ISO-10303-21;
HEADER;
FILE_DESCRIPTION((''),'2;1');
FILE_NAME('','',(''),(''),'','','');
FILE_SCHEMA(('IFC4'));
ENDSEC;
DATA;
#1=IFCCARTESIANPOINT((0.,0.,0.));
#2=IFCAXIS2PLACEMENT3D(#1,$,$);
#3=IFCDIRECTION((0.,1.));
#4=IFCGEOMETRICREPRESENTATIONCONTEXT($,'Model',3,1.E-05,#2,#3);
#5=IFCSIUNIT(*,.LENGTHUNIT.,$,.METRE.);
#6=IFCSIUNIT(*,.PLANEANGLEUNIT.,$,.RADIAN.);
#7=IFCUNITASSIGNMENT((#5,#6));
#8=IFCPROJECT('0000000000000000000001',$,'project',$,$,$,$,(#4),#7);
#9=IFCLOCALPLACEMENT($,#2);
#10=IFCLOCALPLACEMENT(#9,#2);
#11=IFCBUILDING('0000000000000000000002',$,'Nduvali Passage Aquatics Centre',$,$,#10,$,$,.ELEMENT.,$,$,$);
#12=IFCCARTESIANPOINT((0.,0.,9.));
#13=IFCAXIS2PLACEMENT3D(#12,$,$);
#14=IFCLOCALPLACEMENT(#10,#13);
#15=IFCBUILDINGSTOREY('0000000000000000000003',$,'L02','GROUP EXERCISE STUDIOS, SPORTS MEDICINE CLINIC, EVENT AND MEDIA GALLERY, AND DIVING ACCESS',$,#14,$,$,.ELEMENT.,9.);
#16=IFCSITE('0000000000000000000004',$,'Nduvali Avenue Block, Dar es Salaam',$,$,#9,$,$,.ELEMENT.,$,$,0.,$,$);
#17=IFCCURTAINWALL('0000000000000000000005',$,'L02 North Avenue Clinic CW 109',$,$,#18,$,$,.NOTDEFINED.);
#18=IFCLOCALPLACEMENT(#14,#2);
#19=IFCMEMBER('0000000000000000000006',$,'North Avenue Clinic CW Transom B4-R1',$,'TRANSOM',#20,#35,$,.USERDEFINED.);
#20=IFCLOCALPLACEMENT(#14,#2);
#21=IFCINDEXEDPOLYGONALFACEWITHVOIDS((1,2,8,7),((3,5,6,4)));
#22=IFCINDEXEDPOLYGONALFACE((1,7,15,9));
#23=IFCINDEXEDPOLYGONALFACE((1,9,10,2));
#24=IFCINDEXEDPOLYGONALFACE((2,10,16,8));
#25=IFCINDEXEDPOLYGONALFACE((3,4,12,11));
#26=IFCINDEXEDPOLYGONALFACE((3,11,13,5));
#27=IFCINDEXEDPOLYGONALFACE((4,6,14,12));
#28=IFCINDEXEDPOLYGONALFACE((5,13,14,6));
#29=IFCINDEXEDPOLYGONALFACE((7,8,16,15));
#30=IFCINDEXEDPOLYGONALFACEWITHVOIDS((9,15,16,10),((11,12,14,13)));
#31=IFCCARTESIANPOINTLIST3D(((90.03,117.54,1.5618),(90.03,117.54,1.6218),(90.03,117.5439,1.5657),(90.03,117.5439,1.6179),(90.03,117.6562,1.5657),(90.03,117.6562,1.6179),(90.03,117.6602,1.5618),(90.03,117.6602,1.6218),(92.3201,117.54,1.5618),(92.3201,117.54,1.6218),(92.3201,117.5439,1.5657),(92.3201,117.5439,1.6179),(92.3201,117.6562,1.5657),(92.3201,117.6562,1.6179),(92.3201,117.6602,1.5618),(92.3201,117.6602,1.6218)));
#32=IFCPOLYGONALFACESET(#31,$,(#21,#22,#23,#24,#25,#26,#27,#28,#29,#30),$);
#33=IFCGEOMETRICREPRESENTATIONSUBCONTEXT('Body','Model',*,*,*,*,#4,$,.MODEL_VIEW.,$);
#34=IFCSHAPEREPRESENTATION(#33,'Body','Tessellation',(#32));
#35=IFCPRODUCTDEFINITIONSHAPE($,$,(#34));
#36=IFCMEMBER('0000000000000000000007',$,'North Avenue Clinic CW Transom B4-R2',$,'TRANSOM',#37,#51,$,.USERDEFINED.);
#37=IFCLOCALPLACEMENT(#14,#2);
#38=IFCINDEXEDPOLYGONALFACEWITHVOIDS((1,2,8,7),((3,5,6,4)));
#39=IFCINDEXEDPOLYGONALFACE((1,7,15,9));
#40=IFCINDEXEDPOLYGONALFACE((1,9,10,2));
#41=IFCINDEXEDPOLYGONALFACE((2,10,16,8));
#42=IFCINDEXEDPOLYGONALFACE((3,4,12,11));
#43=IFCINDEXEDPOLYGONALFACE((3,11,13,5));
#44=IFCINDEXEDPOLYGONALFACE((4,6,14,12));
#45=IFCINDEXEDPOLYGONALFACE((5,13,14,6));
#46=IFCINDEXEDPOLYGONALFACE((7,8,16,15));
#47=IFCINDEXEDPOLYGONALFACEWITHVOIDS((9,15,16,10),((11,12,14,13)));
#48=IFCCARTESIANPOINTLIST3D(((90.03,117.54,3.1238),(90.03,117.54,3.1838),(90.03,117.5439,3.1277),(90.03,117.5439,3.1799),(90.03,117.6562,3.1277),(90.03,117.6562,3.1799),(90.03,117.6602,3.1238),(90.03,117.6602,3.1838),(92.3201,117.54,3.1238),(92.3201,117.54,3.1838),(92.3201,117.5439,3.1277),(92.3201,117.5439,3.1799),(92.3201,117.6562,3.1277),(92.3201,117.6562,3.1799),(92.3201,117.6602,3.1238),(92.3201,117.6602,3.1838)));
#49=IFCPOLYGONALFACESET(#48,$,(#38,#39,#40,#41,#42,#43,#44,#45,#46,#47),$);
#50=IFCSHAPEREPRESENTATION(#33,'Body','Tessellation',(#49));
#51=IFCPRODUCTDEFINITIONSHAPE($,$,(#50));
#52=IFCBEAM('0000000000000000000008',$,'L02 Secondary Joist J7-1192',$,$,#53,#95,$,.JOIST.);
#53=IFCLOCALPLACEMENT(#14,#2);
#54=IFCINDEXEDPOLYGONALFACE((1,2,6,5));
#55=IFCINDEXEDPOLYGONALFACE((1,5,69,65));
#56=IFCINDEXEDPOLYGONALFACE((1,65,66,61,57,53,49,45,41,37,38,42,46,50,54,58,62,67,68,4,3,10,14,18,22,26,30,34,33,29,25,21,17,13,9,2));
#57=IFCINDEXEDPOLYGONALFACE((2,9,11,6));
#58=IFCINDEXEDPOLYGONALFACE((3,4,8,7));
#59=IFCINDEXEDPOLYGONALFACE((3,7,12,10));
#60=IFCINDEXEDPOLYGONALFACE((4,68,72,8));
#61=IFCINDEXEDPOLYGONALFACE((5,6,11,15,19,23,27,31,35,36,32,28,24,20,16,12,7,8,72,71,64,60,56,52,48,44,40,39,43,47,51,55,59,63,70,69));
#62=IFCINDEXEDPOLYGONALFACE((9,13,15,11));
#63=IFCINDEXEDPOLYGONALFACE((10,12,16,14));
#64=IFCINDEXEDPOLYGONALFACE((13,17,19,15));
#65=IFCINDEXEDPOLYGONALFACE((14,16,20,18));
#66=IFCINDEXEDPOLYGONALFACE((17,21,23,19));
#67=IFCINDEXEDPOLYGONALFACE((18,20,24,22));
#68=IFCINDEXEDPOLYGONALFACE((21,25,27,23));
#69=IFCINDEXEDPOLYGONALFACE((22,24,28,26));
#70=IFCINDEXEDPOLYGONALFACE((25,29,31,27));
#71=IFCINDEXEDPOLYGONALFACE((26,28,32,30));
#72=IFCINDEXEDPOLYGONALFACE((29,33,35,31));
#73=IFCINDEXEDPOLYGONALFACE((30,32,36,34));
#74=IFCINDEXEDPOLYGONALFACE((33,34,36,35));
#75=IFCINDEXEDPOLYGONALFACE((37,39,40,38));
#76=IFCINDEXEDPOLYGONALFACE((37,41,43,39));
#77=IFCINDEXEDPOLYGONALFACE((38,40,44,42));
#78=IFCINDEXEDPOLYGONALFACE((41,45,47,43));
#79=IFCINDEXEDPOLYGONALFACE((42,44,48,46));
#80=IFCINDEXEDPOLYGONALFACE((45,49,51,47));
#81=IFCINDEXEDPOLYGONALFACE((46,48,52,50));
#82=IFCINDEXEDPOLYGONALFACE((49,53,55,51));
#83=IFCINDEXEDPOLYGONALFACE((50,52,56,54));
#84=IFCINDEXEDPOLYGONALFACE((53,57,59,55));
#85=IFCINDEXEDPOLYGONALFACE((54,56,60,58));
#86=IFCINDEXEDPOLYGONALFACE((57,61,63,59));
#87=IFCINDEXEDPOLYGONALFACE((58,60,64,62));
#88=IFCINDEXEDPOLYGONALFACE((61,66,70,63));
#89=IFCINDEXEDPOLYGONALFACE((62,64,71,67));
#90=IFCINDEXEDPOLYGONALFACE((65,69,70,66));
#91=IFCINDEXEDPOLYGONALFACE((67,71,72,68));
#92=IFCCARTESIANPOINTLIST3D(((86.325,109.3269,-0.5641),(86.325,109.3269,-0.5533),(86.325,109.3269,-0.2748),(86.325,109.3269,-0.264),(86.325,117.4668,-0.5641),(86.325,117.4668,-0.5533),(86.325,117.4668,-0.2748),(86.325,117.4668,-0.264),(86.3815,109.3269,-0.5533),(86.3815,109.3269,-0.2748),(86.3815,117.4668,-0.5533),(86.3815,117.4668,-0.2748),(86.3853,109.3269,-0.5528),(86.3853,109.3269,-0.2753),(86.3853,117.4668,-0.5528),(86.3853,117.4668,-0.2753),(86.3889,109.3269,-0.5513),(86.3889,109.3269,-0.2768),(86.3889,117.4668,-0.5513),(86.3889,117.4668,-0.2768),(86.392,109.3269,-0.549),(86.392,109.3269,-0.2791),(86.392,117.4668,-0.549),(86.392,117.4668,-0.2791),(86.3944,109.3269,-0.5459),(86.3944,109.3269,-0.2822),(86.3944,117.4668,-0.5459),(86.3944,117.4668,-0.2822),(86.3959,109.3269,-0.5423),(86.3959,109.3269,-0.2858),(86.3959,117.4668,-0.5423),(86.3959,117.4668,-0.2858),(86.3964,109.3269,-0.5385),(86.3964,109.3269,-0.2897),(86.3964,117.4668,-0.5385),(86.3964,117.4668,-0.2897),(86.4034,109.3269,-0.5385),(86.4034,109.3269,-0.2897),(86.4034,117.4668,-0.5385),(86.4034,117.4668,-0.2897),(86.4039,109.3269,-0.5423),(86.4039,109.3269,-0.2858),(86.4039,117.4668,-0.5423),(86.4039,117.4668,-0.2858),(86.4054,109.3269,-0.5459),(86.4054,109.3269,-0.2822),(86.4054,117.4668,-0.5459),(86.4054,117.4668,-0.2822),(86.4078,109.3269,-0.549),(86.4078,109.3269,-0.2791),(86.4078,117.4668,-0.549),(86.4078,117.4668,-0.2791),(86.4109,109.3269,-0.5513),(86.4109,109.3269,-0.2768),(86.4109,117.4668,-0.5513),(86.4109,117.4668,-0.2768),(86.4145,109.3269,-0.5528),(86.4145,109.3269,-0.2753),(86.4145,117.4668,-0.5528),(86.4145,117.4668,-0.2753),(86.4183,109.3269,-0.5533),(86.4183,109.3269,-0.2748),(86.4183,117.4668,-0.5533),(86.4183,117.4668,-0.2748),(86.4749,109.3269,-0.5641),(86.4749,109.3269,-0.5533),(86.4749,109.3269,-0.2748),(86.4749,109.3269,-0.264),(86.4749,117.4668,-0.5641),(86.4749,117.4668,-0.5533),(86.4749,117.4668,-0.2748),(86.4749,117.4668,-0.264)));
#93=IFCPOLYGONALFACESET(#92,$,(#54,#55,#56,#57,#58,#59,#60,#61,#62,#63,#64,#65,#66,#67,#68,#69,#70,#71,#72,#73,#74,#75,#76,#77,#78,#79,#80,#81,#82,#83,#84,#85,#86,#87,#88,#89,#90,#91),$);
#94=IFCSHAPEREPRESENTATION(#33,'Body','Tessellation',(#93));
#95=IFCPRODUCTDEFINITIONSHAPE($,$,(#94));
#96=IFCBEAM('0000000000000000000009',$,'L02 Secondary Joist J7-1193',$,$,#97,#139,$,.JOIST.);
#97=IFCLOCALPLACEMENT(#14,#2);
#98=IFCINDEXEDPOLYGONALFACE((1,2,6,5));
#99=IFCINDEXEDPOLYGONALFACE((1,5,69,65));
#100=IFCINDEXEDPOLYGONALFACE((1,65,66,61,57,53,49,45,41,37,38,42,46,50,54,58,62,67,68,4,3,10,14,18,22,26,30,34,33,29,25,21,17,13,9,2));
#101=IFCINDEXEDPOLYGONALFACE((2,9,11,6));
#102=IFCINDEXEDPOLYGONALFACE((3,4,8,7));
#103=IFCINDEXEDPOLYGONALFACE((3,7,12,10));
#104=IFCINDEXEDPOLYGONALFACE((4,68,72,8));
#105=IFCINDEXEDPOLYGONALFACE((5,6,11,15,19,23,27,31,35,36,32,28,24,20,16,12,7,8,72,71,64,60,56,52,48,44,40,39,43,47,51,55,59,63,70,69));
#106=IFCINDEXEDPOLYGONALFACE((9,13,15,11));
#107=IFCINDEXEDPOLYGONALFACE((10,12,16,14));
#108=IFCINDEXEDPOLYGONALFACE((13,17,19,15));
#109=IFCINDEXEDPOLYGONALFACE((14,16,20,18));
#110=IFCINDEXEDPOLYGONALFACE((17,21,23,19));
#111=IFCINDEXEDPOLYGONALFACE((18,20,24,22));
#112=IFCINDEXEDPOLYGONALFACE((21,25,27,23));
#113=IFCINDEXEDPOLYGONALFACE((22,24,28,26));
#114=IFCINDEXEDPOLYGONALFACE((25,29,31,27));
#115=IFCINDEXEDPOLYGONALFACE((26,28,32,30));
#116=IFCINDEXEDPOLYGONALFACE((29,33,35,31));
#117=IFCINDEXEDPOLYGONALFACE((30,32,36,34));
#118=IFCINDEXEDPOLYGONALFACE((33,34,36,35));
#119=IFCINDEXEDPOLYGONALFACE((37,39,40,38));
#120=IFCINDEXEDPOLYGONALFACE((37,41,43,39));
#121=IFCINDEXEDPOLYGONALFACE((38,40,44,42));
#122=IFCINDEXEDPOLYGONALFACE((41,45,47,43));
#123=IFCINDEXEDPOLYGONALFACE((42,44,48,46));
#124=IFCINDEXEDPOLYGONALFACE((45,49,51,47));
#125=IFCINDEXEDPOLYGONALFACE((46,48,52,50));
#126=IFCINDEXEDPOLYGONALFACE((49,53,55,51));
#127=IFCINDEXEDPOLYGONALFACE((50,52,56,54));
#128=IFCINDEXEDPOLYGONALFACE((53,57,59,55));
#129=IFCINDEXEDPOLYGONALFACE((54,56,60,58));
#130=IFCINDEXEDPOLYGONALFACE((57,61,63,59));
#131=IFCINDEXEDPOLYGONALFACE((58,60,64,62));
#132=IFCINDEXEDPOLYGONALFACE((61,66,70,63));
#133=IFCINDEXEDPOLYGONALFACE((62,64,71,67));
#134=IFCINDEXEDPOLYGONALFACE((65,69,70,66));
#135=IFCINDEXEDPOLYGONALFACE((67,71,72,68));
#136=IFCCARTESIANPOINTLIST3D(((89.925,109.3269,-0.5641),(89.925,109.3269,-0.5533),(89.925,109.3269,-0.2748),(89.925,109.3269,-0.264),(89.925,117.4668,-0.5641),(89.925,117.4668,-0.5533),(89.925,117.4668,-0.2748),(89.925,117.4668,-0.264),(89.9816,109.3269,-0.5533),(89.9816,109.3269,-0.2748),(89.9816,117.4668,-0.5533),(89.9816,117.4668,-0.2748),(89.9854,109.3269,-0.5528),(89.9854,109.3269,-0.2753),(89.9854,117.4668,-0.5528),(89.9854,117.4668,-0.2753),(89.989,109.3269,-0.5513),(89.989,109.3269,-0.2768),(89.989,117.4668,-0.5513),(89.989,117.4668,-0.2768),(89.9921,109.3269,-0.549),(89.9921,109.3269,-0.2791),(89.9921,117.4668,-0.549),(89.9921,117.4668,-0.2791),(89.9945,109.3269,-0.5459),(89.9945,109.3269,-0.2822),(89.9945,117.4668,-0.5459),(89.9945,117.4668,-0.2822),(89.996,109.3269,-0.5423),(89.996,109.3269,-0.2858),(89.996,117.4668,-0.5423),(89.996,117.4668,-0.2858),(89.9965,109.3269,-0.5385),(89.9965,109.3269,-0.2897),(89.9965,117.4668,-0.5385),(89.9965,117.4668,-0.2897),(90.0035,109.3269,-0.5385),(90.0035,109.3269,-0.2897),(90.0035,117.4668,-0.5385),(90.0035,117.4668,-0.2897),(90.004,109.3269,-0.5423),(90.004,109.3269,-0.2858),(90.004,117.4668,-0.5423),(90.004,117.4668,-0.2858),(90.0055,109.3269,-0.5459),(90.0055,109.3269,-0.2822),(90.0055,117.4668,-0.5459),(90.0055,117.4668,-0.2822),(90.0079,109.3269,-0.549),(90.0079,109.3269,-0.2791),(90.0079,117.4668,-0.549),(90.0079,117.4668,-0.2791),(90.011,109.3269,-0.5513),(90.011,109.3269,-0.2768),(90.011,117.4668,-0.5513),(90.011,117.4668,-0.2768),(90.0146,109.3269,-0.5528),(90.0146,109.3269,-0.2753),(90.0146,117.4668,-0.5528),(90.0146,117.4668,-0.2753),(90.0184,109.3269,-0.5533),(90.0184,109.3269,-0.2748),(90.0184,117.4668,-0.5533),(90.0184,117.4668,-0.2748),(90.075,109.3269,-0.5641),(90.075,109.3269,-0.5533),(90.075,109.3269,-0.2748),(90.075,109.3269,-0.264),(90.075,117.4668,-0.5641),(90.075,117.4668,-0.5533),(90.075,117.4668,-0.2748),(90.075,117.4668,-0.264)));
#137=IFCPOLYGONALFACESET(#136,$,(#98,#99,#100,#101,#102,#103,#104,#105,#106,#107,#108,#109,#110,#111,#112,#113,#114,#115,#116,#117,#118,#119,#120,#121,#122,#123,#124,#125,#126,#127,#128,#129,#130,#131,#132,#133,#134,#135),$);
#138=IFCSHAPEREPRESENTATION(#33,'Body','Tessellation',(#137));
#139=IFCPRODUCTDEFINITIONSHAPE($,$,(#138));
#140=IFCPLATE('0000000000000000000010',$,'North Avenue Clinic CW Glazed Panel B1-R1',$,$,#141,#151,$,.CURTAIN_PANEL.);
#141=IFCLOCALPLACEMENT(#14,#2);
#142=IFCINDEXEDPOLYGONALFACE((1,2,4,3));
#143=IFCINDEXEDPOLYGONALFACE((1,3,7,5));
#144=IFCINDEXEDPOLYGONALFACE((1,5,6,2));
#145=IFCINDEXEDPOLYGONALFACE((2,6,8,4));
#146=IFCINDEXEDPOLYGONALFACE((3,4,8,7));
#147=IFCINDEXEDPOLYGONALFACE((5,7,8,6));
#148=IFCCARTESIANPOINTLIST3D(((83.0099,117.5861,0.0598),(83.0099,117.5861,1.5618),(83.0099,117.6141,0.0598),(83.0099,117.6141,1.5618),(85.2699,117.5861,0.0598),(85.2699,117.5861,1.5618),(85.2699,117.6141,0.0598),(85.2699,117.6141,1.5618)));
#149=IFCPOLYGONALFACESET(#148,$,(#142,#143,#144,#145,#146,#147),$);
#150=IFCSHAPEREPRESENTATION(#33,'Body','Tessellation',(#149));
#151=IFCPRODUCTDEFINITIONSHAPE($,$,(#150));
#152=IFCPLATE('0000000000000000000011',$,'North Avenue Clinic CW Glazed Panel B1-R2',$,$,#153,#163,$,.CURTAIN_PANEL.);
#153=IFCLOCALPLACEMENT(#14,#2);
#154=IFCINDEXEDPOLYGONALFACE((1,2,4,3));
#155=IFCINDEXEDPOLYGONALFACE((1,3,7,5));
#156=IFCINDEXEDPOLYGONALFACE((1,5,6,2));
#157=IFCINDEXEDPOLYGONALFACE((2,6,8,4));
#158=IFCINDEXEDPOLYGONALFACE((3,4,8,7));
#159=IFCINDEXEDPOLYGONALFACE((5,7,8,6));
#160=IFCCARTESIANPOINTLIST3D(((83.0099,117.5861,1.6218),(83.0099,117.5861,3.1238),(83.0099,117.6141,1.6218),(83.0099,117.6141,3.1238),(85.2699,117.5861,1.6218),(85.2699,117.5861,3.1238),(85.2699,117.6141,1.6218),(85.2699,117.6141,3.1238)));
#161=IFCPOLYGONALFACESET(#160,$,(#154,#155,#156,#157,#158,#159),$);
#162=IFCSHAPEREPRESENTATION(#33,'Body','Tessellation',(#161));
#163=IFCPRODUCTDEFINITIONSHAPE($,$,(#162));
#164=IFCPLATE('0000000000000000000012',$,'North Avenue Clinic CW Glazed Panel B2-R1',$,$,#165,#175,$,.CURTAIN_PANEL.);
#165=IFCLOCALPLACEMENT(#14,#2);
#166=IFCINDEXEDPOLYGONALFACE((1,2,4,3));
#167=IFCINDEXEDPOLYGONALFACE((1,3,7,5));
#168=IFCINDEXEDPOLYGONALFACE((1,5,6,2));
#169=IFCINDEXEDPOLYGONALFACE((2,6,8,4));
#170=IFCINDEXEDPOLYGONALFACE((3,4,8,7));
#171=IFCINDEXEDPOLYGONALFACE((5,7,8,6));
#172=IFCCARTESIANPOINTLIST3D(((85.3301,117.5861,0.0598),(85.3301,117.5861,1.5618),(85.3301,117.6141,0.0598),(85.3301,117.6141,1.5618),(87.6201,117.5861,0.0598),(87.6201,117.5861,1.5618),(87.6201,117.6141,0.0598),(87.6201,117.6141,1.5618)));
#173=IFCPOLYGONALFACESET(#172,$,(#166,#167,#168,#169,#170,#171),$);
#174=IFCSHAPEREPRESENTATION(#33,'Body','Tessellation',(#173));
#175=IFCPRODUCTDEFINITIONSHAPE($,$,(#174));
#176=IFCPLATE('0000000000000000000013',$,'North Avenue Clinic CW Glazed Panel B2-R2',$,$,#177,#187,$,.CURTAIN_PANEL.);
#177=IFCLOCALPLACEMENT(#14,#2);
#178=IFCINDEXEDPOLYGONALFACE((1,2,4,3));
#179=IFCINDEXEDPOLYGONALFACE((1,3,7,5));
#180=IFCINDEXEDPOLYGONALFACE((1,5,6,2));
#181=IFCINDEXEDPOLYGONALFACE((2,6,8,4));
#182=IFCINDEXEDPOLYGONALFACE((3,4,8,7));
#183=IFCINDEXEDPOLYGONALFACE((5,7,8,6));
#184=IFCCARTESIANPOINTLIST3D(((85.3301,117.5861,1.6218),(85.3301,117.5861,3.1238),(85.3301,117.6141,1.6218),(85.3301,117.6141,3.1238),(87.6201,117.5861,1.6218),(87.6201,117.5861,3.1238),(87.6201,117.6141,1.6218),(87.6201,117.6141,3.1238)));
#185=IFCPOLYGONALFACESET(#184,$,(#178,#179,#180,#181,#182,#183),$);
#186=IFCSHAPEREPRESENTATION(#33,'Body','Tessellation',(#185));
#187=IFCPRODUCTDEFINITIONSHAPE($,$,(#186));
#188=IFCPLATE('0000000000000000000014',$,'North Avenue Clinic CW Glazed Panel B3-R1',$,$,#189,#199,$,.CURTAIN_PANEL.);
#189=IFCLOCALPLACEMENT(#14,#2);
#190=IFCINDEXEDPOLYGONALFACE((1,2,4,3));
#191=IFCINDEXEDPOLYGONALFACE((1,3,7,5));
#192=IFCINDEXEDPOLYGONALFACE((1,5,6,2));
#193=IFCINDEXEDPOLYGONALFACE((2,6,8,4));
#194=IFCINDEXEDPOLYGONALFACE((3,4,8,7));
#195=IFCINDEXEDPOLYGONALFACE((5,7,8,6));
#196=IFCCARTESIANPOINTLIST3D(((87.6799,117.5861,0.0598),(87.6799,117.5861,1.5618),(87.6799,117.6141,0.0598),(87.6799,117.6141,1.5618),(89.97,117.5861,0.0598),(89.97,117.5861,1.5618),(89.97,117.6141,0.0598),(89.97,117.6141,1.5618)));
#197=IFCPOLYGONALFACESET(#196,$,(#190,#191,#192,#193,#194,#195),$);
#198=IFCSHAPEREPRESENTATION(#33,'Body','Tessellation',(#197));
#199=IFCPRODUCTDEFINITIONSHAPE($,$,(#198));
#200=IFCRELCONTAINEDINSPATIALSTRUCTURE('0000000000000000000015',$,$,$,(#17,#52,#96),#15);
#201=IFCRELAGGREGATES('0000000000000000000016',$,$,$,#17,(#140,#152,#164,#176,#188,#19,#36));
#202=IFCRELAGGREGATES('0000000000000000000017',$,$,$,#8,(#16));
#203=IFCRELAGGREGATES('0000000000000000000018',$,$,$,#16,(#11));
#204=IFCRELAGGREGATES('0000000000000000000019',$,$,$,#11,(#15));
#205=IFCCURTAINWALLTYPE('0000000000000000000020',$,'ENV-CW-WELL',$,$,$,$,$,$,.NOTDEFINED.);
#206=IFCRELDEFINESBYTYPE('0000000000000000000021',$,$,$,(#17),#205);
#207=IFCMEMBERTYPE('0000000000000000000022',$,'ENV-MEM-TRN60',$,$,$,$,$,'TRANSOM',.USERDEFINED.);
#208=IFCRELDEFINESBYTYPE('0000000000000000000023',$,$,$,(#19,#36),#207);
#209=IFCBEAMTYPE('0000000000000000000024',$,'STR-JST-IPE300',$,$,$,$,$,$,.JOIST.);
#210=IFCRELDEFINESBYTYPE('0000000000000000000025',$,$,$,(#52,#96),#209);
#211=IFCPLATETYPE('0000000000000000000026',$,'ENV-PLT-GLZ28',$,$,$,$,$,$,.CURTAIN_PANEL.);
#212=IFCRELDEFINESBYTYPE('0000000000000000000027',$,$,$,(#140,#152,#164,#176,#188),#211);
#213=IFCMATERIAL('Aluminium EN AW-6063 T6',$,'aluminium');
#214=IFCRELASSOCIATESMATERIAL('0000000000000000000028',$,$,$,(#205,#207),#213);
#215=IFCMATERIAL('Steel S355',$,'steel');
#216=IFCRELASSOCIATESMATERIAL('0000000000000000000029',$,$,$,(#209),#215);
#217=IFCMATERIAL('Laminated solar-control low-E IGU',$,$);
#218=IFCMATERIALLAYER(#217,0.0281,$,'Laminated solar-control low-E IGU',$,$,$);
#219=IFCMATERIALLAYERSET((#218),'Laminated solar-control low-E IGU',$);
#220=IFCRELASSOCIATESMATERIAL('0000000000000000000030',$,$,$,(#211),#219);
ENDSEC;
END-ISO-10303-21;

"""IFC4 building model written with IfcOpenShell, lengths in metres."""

from ifc_helpers import new_model, si_unit, direction, frame, origin, origin_2d, place, context, subcontext, project, spatial, rectangle, hollow_rectangle, i_section, extrude, material, layer, layer_set, material_profile, profile_set, type_object, element, aggregate, save


model = new_model("IFC4")

# Units and contexts
model_context = context("Model", 3, precision=1e-05, world=origin(), true_north=direction((0.0, 1.0)))
body_context = subcontext(model_context, "Body", "Model", "MODEL_VIEW")
ifc_project = project(units=[si_unit("LENGTHUNIT", "METRE"), si_unit("PLANEANGLEUNIT", "RADIAN")], contexts=[model_context])

# Site, building, storey
site_placement = place(None, origin())
site = spatial("IfcSite", under=ifc_project, at=site_placement, Name="Nduvali Avenue Block, Dar es Salaam", CompositionType="ELEMENT", RefElevation=0.0)
building_placement = place(site_placement, origin())
building = spatial("IfcBuilding", under=site, at=building_placement, Name="Nduvali Passage Aquatics Centre", CompositionType="ELEMENT")
storey_placement = place(building_placement, frame((0.0, 0.0, 9.0)))
storey = spatial("IfcBuildingStorey", under=building, at=storey_placement, Name="L02", Description="GROUP EXERCISE STUDIOS, SPORTS MEDICINE CLINIC, EVENT AND MEDIA GALLERY, AND DIVING ACCESS", CompositionType="ELEMENT", Elevation=9.0)

# Curtain wall, members
ifc_material_1 = material(Name="Aluminium EN AW-6063 T6", Category="aluminium")
curtain_wall_type = type_object("IfcCurtainWallType", Name="ENV-CW-WELL", PredefinedType="NOTDEFINED", material=ifc_material_1)
curtain_wall_placement = place(storey_placement, origin())
curtain_wall = element("IfcCurtainWall", 1, at=curtain_wall_placement, inside=storey, type_object=curtain_wall_type, Name="L02 North Avenue Clinic CW 109", PredefinedType="NOTDEFINED")
ifc_material_profile_1 = material_profile(ifc_material_1, hollow_rectangle(XDim=0.1201, YDim=0.0601, WallThickness=0.0039, at=origin_2d()), Name="ALU TRANSOM 120x60x4")
ifc_profile_set_1 = profile_set([ifc_material_profile_1], Name="Aluminium EN AW-6063 T6")
member_type_1 = type_object("IfcMemberType", Name="ENV-MEM-TRN60", ElementType="TRANSOM", PredefinedType="USERDEFINED", material=ifc_profile_set_1)
member_1_placement = place(storey_placement, frame((90.03, 117.6001, 1.5918), z_axis=(1.0, 0.0, 0.0), x_axis=(0.0, 1.0, 0.0)))
member_1 = element("IfcMember", 2, at=member_1_placement, type_object=member_type_1, Name="North Avenue Clinic CW Transom B4-R1", ObjectType="TRANSOM", PredefinedType="USERDEFINED", context=body_context, shape_type="SweptSolid", body=[
    extrude(hollow_rectangle(XDim=0.1201, YDim=0.0601, WallThickness=0.0039, at=origin_2d()), origin(), (0.0, 0.0, 1.0), 2.29),
])
member_2_placement = place(storey_placement, frame((90.03, 117.6001, 3.1538), z_axis=(1.0, 0.0, 0.0), x_axis=(0.0, 1.0, 0.0)))
member_2 = element("IfcMember", 3, at=member_2_placement, type_object=member_type_1, Name="North Avenue Clinic CW Transom B4-R2", ObjectType="TRANSOM", PredefinedType="USERDEFINED", context=body_context, shape_type="SweptSolid", body=[
    extrude(hollow_rectangle(XDim=0.1201, YDim=0.0601, WallThickness=0.0039, at=origin_2d()), origin(), (0.0, 0.0, 1.0), 2.29),
])

# Beams
ifc_material_2 = material(Name="Steel S355", Category="steel")
ifc_material_profile_2 = material_profile(ifc_material_2, i_section(OverallWidth=0.1499, OverallDepth=0.3, WebThickness=0.0071, FlangeThickness=0.0107, FilletRadius=0.0149, at=origin_2d()), Name="IPE 300")
ifc_profile_set_2 = profile_set([ifc_material_profile_2], Name="Steel S355")
beam_type = type_object("IfcBeamType", Name="STR-JST-IPE300", PredefinedType="JOIST", material=ifc_profile_set_2)
for number, where, z_axis, x_axis, name in (
    (4, (86.3999, 109.3269, -0.4141), (0.0, 1.0, 0.0), (-1.0, 0.0, 0.0), "L02 Secondary Joist J7-1192"),
    (5, (90.0, 109.3269, -0.4141), (0.0, 1.0, 0.0), (-1.0, 0.0, 0.0), "L02 Secondary Joist J7-1193"),
):
    element("IfcBeam", number, at=place(storey_placement, frame(where, z_axis=z_axis, x_axis=x_axis)), inside=storey, type_object=beam_type, Name=name, PredefinedType="JOIST", context=body_context, shape_type="SweptSolid", body=[
        extrude(i_section(OverallWidth=0.1499, OverallDepth=0.3, WebThickness=0.0071, FlangeThickness=0.0107, FilletRadius=0.0149, at=origin_2d()), origin(), (0.0, 0.0, 1.0), 8.1399),
    ])

# Plates
ifc_material_3 = material(Name="Laminated solar-control low-E IGU")
ifc_layer_1 = layer(ifc_material_3, 0.0281, Name="Laminated solar-control low-E IGU")
ifc_layer_set_1 = layer_set([ifc_layer_1], Name="Laminated solar-control low-E IGU")
plate_type = type_object("IfcPlateType", Name="ENV-PLT-GLZ28", PredefinedType="CURTAIN_PANEL", material=ifc_layer_set_1)
plate_1_placement = place(storey_placement, frame((84.1399, 117.6001, 0.0598), z_axis=(0.0, 0.0, 1.0), x_axis=(1.0, 0.0, 0.0)))
plate_1 = element("IfcPlate", 6, at=plate_1_placement, type_object=plate_type, Name="North Avenue Clinic CW Glazed Panel B1-R1", PredefinedType="CURTAIN_PANEL", context=body_context, shape_type="SweptSolid", body=[
    extrude(rectangle(XDim=2.26, YDim=0.0281, at=origin_2d()), origin(), (0.0, 0.0, 1.0), 1.502),
])
plate_2_placement = place(storey_placement, frame((84.1399, 117.6001, 1.6218), z_axis=(0.0, 0.0, 1.0), x_axis=(1.0, 0.0, 0.0)))
plate_2 = element("IfcPlate", 7, at=plate_2_placement, type_object=plate_type, Name="North Avenue Clinic CW Glazed Panel B1-R2", PredefinedType="CURTAIN_PANEL", context=body_context, shape_type="SweptSolid", body=[
    extrude(rectangle(XDim=2.26, YDim=0.0281, at=origin_2d()), origin(), (0.0, 0.0, 1.0), 1.502),
])
plate_3_placement = place(storey_placement, frame((86.4751, 117.6001, 0.0598), z_axis=(0.0, 0.0, 1.0), x_axis=(1.0, 0.0, 0.0)))
plate_3 = element("IfcPlate", 8, at=plate_3_placement, type_object=plate_type, Name="North Avenue Clinic CW Glazed Panel B2-R1", PredefinedType="CURTAIN_PANEL", context=body_context, shape_type="SweptSolid", body=[
    extrude(rectangle(XDim=2.29, YDim=0.0281, at=origin_2d()), origin(), (0.0, 0.0, 1.0), 1.502),
])
plate_4_placement = place(storey_placement, frame((86.4751, 117.6001, 1.6218), z_axis=(0.0, 0.0, 1.0), x_axis=(1.0, 0.0, 0.0)))
plate_4 = element("IfcPlate", 9, at=plate_4_placement, type_object=plate_type, Name="North Avenue Clinic CW Glazed Panel B2-R2", PredefinedType="CURTAIN_PANEL", context=body_context, shape_type="SweptSolid", body=[
    extrude(rectangle(XDim=2.29, YDim=0.0281, at=origin_2d()), origin(), (0.0, 0.0, 1.0), 1.502),
])
plate_5_placement = place(storey_placement, frame((88.825, 117.6001, 0.0598), z_axis=(0.0, 0.0, 1.0), x_axis=(1.0, 0.0, 0.0)))
plate_5 = element("IfcPlate", 10, at=plate_5_placement, type_object=plate_type, Name="North Avenue Clinic CW Glazed Panel B3-R1", PredefinedType="CURTAIN_PANEL", context=body_context, shape_type="SweptSolid", body=[
    extrude(rectangle(XDim=2.29, YDim=0.0281, at=origin_2d()), origin(), (0.0, 0.0, 1.0), 1.502),
])
aggregate(curtain_wall, [plate_1, plate_2, plate_3, plate_4, plate_5, member_1, member_2])

save(model, "model.ifc")
